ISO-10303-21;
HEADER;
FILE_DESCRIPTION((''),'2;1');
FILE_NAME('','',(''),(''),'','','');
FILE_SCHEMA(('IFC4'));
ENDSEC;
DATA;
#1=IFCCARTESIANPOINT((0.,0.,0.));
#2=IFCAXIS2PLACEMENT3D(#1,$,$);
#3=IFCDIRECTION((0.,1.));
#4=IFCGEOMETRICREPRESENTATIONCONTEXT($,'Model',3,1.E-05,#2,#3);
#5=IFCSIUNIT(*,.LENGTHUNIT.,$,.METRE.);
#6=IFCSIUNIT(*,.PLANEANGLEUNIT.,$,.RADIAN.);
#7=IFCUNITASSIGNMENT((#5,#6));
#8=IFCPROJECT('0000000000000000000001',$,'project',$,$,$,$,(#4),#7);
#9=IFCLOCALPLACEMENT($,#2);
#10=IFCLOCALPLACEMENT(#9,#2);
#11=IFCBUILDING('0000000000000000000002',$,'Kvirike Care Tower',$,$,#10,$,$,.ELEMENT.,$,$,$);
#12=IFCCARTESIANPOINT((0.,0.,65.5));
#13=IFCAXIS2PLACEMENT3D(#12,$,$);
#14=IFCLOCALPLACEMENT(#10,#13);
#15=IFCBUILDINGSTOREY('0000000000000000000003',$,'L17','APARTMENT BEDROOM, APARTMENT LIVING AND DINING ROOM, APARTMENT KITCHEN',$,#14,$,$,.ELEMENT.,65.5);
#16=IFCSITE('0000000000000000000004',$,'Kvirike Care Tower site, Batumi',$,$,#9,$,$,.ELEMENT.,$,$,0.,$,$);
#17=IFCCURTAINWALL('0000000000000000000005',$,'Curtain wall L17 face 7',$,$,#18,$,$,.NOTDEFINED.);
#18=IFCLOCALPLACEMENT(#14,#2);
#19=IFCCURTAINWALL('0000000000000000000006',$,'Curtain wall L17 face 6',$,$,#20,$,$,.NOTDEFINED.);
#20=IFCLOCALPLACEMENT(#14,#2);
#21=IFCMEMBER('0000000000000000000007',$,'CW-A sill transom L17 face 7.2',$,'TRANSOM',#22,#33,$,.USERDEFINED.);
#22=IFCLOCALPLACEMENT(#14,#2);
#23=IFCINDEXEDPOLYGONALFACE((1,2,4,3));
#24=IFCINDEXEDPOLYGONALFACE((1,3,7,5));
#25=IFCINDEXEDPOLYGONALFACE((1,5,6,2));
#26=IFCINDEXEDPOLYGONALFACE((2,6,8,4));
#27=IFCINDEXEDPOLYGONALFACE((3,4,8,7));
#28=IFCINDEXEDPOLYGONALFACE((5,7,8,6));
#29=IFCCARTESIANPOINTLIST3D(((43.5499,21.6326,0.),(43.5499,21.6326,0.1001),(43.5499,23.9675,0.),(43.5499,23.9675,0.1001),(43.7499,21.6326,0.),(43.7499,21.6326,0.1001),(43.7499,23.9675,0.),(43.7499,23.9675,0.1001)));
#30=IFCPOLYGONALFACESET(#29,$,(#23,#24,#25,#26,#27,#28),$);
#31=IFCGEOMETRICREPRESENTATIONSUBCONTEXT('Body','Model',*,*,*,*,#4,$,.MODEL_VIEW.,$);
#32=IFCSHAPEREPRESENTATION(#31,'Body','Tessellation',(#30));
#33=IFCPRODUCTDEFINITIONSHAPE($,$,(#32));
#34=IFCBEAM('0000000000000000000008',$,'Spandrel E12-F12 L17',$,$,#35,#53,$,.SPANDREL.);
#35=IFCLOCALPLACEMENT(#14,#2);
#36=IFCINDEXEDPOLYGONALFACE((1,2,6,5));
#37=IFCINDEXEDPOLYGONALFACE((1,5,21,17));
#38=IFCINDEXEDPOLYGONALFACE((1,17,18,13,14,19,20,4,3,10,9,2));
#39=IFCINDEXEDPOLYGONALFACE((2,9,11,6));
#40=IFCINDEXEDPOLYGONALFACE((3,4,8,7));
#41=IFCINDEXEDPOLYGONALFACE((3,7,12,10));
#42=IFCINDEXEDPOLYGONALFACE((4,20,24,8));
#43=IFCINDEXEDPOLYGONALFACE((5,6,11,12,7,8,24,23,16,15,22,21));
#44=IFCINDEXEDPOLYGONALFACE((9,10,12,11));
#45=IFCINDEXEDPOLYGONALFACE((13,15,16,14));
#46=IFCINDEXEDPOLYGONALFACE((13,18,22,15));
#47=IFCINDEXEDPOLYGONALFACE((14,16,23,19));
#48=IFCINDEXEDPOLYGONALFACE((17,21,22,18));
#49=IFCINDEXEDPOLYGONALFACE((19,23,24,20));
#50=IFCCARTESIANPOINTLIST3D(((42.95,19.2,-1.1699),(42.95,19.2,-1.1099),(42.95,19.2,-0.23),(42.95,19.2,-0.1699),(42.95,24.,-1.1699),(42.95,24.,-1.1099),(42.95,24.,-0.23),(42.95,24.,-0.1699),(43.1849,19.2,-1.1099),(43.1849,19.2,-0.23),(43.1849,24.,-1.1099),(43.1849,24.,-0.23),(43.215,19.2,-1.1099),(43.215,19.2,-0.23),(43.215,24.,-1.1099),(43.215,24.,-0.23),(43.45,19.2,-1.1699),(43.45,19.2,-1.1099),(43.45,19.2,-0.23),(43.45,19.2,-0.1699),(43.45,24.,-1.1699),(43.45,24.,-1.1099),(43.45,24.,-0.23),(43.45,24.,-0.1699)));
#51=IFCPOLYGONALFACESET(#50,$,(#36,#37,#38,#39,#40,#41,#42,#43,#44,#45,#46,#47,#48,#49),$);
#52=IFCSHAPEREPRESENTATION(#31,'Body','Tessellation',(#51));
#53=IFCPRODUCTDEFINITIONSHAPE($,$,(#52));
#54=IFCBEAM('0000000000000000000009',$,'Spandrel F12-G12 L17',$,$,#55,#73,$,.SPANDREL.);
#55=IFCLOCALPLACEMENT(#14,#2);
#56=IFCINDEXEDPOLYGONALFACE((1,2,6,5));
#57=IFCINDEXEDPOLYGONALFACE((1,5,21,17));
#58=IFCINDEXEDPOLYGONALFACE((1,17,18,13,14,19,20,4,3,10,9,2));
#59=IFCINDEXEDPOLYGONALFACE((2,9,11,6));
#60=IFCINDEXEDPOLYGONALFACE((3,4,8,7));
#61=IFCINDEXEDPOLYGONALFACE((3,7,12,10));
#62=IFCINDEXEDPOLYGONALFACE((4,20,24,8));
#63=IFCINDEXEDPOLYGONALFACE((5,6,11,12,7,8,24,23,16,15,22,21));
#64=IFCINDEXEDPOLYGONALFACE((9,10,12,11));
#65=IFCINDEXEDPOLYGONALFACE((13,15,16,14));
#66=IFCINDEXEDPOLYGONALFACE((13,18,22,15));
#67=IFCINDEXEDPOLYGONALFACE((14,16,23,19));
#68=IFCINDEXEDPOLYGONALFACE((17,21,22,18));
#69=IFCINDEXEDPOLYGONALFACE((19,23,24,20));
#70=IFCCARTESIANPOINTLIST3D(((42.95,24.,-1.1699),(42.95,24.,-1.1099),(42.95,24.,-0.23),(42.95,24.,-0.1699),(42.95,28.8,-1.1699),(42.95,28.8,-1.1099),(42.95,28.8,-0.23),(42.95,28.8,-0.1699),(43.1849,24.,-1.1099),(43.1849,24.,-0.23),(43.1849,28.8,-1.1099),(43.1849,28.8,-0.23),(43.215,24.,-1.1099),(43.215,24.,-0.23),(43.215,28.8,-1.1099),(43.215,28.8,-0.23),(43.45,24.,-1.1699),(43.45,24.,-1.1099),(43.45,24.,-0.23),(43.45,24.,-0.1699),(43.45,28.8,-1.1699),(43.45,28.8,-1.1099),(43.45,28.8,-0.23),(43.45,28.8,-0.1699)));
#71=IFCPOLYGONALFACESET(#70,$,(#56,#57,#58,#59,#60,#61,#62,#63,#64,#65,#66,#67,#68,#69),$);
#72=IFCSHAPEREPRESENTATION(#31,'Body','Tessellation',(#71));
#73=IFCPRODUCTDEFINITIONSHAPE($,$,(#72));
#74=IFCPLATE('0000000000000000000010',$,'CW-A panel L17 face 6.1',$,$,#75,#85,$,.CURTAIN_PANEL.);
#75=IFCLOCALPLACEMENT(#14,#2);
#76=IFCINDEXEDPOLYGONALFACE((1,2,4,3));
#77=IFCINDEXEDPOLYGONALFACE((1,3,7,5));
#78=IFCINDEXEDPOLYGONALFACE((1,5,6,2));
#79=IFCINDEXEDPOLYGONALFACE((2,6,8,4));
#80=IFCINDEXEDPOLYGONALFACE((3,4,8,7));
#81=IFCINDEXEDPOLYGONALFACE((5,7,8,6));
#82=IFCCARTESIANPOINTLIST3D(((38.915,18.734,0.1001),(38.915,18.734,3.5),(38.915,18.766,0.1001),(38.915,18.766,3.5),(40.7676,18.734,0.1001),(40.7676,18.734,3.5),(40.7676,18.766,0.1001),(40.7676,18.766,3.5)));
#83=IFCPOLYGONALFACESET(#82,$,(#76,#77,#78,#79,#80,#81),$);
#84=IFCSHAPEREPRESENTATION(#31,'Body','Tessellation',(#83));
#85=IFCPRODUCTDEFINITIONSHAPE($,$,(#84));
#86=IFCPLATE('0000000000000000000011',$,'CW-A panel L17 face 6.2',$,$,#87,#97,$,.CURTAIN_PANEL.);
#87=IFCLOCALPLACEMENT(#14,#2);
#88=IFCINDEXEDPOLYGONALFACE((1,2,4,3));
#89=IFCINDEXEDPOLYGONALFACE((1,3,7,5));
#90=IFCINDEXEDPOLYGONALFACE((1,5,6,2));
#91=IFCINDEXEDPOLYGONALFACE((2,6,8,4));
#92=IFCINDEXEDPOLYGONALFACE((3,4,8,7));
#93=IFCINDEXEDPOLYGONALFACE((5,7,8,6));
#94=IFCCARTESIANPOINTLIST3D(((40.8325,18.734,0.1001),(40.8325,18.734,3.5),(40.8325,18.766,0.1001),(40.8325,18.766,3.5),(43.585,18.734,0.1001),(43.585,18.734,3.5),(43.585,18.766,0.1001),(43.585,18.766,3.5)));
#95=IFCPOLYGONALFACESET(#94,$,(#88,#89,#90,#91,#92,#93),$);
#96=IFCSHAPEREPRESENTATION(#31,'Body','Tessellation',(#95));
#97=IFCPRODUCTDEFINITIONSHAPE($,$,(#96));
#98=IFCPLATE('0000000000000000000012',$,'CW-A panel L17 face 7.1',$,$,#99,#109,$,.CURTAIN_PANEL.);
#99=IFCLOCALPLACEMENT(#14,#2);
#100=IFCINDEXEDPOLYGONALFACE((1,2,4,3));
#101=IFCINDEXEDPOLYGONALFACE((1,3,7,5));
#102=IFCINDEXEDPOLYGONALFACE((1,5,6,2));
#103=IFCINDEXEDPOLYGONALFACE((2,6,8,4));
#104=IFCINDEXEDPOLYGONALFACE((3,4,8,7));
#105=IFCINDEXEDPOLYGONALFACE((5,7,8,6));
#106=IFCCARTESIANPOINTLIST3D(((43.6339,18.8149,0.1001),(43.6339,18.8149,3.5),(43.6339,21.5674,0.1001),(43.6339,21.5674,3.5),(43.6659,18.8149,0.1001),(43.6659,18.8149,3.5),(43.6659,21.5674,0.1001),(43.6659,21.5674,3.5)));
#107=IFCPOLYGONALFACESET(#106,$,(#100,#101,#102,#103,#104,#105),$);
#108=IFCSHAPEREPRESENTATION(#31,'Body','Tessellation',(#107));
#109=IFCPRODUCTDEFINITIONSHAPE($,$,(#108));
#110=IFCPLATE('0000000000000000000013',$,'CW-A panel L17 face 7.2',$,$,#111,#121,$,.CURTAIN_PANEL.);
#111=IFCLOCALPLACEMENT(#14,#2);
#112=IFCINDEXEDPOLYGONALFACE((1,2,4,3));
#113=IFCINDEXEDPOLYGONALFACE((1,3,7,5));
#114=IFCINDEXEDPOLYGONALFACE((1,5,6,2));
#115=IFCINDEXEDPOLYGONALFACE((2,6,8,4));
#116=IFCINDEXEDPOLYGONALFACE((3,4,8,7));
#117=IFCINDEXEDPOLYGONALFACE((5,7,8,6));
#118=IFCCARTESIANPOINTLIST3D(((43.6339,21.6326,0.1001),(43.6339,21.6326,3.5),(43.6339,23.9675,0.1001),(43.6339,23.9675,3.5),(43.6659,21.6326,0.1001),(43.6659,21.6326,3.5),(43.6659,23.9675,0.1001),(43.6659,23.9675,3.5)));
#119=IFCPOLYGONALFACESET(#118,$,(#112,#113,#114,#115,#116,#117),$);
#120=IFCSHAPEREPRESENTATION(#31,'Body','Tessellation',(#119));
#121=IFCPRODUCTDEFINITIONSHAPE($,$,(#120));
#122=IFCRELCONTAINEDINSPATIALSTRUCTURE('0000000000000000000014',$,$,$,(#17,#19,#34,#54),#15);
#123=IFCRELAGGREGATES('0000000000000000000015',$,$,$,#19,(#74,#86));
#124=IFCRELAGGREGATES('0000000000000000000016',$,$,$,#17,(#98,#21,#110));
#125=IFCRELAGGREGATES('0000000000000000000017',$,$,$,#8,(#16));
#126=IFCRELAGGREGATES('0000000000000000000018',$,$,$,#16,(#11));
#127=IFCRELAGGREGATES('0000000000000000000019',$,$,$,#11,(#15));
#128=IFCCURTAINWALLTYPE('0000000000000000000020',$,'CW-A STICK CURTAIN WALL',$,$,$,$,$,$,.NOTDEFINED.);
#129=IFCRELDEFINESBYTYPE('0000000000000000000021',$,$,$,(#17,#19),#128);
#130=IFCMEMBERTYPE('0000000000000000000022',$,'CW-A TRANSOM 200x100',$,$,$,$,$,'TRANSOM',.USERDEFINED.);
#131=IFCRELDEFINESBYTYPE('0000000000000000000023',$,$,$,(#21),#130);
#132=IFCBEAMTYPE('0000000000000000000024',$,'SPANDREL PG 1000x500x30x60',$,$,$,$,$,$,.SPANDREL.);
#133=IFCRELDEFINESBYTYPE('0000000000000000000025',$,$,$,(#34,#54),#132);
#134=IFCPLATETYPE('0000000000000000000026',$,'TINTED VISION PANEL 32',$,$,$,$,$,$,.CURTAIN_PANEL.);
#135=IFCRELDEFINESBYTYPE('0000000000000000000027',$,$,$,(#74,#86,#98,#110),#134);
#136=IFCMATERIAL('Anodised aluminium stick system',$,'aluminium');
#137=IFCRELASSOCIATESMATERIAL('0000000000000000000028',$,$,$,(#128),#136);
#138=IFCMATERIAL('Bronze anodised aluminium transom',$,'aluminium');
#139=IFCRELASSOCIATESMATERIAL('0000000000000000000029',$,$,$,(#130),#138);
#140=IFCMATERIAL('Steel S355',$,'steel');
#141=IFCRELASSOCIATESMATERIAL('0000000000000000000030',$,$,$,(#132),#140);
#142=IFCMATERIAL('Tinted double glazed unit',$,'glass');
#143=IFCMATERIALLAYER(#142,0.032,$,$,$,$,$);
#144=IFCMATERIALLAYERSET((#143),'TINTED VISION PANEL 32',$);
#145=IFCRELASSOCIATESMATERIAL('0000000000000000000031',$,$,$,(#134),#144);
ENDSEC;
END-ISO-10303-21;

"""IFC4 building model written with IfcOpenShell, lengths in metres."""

from ifc_helpers import new_model, si_unit, direction, frame, origin, origin_2d, place, context, subcontext, project, spatial, rectangle, i_section, extrude, material, layer, layer_set, material_profile, profile_set, type_object, element, aggregate, save


model = new_model("IFC4")

# Units and contexts
model_context = context("Model", 3, precision=1e-05, world=origin(), true_north=direction((0.0, 1.0)))
body_context = subcontext(model_context, "Body", "Model", "MODEL_VIEW")
ifc_project = project(units=[si_unit("LENGTHUNIT", "METRE"), si_unit("PLANEANGLEUNIT", "RADIAN")], contexts=[model_context])

# Site, building, storey
site_placement = place(None, origin())
site = spatial("IfcSite", under=ifc_project, at=site_placement, Name="Kvirike Care Tower site, Batumi", CompositionType="ELEMENT", RefElevation=0.0)
building_placement = place(site_placement, origin())
building = spatial("IfcBuilding", under=site, at=building_placement, Name="Kvirike Care Tower", CompositionType="ELEMENT")
storey_placement = place(building_placement, frame((0.0, 0.0, 65.5)))
storey = spatial("IfcBuildingStorey", under=building, at=storey_placement, Name="L17", Description="APARTMENT BEDROOM, APARTMENT LIVING AND DINING ROOM, APARTMENT KITCHEN", CompositionType="ELEMENT", Elevation=65.5)

# Curtain wall
ifc_material_1 = material(Name="Anodised aluminium stick system", Category="aluminium")
curtain_wall_type = type_object("IfcCurtainWallType", Name="CW-A STICK CURTAIN WALL", PredefinedType="NOTDEFINED", material=ifc_material_1)
curtain_wall_1_placement = place(storey_placement, origin())
curtain_wall_1 = element("IfcCurtainWall", 1, at=curtain_wall_1_placement, inside=storey, type_object=curtain_wall_type, Name="Curtain wall L17 face 7", PredefinedType="NOTDEFINED")

# Curtain wall
curtain_wall_2_placement = place(storey_placement, origin())
curtain_wall_2 = element("IfcCurtainWall", 2, at=curtain_wall_2_placement, inside=storey, type_object=curtain_wall_type, Name="Curtain wall L17 face 6", PredefinedType="NOTDEFINED")

# Member
ifc_material_2 = material(Name="Bronze anodised aluminium transom", Category="aluminium")
ifc_material_profile_1 = material_profile(ifc_material_2, rectangle(XDim=0.2, YDim=0.1001, at=origin_2d()), Name="CW-A TRANSOM 200x100")
ifc_profile_set_1 = profile_set([ifc_material_profile_1], Name="Bronze anodised aluminium transom")
member_type_1 = type_object("IfcMemberType", Name="CW-A TRANSOM 200x100", ElementType="TRANSOM", PredefinedType="USERDEFINED", material=ifc_profile_set_1)
member_1_placement = place(storey_placement, frame((43.6499, 21.6326, 0.05), z_axis=(0.0, 1.0, 0.0), x_axis=(-1.0, 0.0, 0.0)))
member_1 = element("IfcMember", 3, at=member_1_placement, type_object=member_type_1, Name="CW-A sill transom L17 face 7.2", ObjectType="TRANSOM", PredefinedType="USERDEFINED", context=body_context, shape_type="SweptSolid", body=[
    extrude(rectangle(XDim=0.2, YDim=0.1001, at=origin_2d()), origin(), (0.0, 0.0, 1.0), 2.335),
])

# Beams
ifc_material_3 = material(Name="Steel S355", Category="steel")
ifc_material_profile_2 = material_profile(ifc_material_3, i_section(OverallWidth=0.5, OverallDepth=1.0, WebThickness=0.03, FlangeThickness=0.0601, at=origin_2d()), Name="PG 1000x500x30x60")
ifc_profile_set_2 = profile_set([ifc_material_profile_2], Name="Steel S355")
beam_type = type_object("IfcBeamType", Name="SPANDREL PG 1000x500x30x60", PredefinedType="SPANDREL", material=ifc_profile_set_2)
for number, where, z_axis, x_axis, name in (
    (4, (43.2, 19.2, -0.6699), (0.0, 1.0, 0.0), (-1.0, 0.0, 0.0), "Spandrel E12-F12 L17"),
    (5, (43.2, 24.0, -0.6699), (0.0, 1.0, 0.0), (-1.0, 0.0, 0.0), "Spandrel F12-G12 L17"),
):
    element("IfcBeam", number, at=place(storey_placement, frame(where, z_axis=z_axis, x_axis=x_axis)), inside=storey, type_object=beam_type, Name=name, PredefinedType="SPANDREL", context=body_context, shape_type="SweptSolid", body=[
        extrude(i_section(OverallWidth=0.5, OverallDepth=1.0, WebThickness=0.03, FlangeThickness=0.0601, at=origin_2d()), origin(), (0.0, 0.0, 1.0), 4.8),
    ])

# Plates
ifc_material_4 = material(Name="Tinted double glazed unit", Category="glass")
ifc_layer = layer(ifc_material_4, 0.032)
ifc_layer_set = layer_set([ifc_layer], Name="TINTED VISION PANEL 32")
plate_type = type_object("IfcPlateType", Name="TINTED VISION PANEL 32", PredefinedType="CURTAIN_PANEL", material=ifc_layer_set)
plate_1_placement = place(storey_placement, frame((39.8413, 18.75, 0.1001), z_axis=(0.0, 0.0, 1.0), x_axis=(1.0, 0.0, 0.0)))
plate_1 = element("IfcPlate", 6, at=plate_1_placement, type_object=plate_type, Name="CW-A panel L17 face 6.1", PredefinedType="CURTAIN_PANEL", context=body_context, shape_type="SweptSolid", body=[
    extrude(rectangle(XDim=1.8525, YDim=0.032, at=origin_2d()), origin(), (0.0, 0.0, 1.0), 3.3999),
])
plate_2_placement = place(storey_placement, frame((42.2087, 18.75, 0.1001), z_axis=(0.0, 0.0, 1.0), x_axis=(1.0, 0.0, 0.0)))
plate_2 = element("IfcPlate", 7, at=plate_2_placement, type_object=plate_type, Name="CW-A panel L17 face 6.2", PredefinedType="CURTAIN_PANEL", context=body_context, shape_type="SweptSolid", body=[
    extrude(rectangle(XDim=2.7524, YDim=0.032, at=origin_2d()), origin(), (0.0, 0.0, 1.0), 3.3999),
])
aggregate(curtain_wall_2, [plate_1, plate_2])
plate_3_placement = place(storey_placement, frame((43.6499, 20.1912, 0.1001), z_axis=(0.0, 0.0, 1.0), x_axis=(0.0, 1.0, 0.0)))
plate_3 = element("IfcPlate", 8, at=plate_3_placement, type_object=plate_type, Name="CW-A panel L17 face 7.1", PredefinedType="CURTAIN_PANEL", context=body_context, shape_type="SweptSolid", body=[
    extrude(rectangle(XDim=2.7524, YDim=0.032, at=origin_2d()), origin(), (0.0, 0.0, 1.0), 3.3999),
])
plate_4_placement = place(storey_placement, frame((43.6499, 22.8, 0.1001), z_axis=(0.0, 0.0, 1.0), x_axis=(0.0, 1.0, 0.0)))
plate_4 = element("IfcPlate", 9, at=plate_4_placement, type_object=plate_type, Name="CW-A panel L17 face 7.2", PredefinedType="CURTAIN_PANEL", context=body_context, shape_type="SweptSolid", body=[
    extrude(rectangle(XDim=2.335, YDim=0.032, at=origin_2d()), origin(), (0.0, 0.0, 1.0), 3.3999),
])
aggregate(curtain_wall_1, [plate_3, member_1, plate_4])

save(model, "model.ifc")
